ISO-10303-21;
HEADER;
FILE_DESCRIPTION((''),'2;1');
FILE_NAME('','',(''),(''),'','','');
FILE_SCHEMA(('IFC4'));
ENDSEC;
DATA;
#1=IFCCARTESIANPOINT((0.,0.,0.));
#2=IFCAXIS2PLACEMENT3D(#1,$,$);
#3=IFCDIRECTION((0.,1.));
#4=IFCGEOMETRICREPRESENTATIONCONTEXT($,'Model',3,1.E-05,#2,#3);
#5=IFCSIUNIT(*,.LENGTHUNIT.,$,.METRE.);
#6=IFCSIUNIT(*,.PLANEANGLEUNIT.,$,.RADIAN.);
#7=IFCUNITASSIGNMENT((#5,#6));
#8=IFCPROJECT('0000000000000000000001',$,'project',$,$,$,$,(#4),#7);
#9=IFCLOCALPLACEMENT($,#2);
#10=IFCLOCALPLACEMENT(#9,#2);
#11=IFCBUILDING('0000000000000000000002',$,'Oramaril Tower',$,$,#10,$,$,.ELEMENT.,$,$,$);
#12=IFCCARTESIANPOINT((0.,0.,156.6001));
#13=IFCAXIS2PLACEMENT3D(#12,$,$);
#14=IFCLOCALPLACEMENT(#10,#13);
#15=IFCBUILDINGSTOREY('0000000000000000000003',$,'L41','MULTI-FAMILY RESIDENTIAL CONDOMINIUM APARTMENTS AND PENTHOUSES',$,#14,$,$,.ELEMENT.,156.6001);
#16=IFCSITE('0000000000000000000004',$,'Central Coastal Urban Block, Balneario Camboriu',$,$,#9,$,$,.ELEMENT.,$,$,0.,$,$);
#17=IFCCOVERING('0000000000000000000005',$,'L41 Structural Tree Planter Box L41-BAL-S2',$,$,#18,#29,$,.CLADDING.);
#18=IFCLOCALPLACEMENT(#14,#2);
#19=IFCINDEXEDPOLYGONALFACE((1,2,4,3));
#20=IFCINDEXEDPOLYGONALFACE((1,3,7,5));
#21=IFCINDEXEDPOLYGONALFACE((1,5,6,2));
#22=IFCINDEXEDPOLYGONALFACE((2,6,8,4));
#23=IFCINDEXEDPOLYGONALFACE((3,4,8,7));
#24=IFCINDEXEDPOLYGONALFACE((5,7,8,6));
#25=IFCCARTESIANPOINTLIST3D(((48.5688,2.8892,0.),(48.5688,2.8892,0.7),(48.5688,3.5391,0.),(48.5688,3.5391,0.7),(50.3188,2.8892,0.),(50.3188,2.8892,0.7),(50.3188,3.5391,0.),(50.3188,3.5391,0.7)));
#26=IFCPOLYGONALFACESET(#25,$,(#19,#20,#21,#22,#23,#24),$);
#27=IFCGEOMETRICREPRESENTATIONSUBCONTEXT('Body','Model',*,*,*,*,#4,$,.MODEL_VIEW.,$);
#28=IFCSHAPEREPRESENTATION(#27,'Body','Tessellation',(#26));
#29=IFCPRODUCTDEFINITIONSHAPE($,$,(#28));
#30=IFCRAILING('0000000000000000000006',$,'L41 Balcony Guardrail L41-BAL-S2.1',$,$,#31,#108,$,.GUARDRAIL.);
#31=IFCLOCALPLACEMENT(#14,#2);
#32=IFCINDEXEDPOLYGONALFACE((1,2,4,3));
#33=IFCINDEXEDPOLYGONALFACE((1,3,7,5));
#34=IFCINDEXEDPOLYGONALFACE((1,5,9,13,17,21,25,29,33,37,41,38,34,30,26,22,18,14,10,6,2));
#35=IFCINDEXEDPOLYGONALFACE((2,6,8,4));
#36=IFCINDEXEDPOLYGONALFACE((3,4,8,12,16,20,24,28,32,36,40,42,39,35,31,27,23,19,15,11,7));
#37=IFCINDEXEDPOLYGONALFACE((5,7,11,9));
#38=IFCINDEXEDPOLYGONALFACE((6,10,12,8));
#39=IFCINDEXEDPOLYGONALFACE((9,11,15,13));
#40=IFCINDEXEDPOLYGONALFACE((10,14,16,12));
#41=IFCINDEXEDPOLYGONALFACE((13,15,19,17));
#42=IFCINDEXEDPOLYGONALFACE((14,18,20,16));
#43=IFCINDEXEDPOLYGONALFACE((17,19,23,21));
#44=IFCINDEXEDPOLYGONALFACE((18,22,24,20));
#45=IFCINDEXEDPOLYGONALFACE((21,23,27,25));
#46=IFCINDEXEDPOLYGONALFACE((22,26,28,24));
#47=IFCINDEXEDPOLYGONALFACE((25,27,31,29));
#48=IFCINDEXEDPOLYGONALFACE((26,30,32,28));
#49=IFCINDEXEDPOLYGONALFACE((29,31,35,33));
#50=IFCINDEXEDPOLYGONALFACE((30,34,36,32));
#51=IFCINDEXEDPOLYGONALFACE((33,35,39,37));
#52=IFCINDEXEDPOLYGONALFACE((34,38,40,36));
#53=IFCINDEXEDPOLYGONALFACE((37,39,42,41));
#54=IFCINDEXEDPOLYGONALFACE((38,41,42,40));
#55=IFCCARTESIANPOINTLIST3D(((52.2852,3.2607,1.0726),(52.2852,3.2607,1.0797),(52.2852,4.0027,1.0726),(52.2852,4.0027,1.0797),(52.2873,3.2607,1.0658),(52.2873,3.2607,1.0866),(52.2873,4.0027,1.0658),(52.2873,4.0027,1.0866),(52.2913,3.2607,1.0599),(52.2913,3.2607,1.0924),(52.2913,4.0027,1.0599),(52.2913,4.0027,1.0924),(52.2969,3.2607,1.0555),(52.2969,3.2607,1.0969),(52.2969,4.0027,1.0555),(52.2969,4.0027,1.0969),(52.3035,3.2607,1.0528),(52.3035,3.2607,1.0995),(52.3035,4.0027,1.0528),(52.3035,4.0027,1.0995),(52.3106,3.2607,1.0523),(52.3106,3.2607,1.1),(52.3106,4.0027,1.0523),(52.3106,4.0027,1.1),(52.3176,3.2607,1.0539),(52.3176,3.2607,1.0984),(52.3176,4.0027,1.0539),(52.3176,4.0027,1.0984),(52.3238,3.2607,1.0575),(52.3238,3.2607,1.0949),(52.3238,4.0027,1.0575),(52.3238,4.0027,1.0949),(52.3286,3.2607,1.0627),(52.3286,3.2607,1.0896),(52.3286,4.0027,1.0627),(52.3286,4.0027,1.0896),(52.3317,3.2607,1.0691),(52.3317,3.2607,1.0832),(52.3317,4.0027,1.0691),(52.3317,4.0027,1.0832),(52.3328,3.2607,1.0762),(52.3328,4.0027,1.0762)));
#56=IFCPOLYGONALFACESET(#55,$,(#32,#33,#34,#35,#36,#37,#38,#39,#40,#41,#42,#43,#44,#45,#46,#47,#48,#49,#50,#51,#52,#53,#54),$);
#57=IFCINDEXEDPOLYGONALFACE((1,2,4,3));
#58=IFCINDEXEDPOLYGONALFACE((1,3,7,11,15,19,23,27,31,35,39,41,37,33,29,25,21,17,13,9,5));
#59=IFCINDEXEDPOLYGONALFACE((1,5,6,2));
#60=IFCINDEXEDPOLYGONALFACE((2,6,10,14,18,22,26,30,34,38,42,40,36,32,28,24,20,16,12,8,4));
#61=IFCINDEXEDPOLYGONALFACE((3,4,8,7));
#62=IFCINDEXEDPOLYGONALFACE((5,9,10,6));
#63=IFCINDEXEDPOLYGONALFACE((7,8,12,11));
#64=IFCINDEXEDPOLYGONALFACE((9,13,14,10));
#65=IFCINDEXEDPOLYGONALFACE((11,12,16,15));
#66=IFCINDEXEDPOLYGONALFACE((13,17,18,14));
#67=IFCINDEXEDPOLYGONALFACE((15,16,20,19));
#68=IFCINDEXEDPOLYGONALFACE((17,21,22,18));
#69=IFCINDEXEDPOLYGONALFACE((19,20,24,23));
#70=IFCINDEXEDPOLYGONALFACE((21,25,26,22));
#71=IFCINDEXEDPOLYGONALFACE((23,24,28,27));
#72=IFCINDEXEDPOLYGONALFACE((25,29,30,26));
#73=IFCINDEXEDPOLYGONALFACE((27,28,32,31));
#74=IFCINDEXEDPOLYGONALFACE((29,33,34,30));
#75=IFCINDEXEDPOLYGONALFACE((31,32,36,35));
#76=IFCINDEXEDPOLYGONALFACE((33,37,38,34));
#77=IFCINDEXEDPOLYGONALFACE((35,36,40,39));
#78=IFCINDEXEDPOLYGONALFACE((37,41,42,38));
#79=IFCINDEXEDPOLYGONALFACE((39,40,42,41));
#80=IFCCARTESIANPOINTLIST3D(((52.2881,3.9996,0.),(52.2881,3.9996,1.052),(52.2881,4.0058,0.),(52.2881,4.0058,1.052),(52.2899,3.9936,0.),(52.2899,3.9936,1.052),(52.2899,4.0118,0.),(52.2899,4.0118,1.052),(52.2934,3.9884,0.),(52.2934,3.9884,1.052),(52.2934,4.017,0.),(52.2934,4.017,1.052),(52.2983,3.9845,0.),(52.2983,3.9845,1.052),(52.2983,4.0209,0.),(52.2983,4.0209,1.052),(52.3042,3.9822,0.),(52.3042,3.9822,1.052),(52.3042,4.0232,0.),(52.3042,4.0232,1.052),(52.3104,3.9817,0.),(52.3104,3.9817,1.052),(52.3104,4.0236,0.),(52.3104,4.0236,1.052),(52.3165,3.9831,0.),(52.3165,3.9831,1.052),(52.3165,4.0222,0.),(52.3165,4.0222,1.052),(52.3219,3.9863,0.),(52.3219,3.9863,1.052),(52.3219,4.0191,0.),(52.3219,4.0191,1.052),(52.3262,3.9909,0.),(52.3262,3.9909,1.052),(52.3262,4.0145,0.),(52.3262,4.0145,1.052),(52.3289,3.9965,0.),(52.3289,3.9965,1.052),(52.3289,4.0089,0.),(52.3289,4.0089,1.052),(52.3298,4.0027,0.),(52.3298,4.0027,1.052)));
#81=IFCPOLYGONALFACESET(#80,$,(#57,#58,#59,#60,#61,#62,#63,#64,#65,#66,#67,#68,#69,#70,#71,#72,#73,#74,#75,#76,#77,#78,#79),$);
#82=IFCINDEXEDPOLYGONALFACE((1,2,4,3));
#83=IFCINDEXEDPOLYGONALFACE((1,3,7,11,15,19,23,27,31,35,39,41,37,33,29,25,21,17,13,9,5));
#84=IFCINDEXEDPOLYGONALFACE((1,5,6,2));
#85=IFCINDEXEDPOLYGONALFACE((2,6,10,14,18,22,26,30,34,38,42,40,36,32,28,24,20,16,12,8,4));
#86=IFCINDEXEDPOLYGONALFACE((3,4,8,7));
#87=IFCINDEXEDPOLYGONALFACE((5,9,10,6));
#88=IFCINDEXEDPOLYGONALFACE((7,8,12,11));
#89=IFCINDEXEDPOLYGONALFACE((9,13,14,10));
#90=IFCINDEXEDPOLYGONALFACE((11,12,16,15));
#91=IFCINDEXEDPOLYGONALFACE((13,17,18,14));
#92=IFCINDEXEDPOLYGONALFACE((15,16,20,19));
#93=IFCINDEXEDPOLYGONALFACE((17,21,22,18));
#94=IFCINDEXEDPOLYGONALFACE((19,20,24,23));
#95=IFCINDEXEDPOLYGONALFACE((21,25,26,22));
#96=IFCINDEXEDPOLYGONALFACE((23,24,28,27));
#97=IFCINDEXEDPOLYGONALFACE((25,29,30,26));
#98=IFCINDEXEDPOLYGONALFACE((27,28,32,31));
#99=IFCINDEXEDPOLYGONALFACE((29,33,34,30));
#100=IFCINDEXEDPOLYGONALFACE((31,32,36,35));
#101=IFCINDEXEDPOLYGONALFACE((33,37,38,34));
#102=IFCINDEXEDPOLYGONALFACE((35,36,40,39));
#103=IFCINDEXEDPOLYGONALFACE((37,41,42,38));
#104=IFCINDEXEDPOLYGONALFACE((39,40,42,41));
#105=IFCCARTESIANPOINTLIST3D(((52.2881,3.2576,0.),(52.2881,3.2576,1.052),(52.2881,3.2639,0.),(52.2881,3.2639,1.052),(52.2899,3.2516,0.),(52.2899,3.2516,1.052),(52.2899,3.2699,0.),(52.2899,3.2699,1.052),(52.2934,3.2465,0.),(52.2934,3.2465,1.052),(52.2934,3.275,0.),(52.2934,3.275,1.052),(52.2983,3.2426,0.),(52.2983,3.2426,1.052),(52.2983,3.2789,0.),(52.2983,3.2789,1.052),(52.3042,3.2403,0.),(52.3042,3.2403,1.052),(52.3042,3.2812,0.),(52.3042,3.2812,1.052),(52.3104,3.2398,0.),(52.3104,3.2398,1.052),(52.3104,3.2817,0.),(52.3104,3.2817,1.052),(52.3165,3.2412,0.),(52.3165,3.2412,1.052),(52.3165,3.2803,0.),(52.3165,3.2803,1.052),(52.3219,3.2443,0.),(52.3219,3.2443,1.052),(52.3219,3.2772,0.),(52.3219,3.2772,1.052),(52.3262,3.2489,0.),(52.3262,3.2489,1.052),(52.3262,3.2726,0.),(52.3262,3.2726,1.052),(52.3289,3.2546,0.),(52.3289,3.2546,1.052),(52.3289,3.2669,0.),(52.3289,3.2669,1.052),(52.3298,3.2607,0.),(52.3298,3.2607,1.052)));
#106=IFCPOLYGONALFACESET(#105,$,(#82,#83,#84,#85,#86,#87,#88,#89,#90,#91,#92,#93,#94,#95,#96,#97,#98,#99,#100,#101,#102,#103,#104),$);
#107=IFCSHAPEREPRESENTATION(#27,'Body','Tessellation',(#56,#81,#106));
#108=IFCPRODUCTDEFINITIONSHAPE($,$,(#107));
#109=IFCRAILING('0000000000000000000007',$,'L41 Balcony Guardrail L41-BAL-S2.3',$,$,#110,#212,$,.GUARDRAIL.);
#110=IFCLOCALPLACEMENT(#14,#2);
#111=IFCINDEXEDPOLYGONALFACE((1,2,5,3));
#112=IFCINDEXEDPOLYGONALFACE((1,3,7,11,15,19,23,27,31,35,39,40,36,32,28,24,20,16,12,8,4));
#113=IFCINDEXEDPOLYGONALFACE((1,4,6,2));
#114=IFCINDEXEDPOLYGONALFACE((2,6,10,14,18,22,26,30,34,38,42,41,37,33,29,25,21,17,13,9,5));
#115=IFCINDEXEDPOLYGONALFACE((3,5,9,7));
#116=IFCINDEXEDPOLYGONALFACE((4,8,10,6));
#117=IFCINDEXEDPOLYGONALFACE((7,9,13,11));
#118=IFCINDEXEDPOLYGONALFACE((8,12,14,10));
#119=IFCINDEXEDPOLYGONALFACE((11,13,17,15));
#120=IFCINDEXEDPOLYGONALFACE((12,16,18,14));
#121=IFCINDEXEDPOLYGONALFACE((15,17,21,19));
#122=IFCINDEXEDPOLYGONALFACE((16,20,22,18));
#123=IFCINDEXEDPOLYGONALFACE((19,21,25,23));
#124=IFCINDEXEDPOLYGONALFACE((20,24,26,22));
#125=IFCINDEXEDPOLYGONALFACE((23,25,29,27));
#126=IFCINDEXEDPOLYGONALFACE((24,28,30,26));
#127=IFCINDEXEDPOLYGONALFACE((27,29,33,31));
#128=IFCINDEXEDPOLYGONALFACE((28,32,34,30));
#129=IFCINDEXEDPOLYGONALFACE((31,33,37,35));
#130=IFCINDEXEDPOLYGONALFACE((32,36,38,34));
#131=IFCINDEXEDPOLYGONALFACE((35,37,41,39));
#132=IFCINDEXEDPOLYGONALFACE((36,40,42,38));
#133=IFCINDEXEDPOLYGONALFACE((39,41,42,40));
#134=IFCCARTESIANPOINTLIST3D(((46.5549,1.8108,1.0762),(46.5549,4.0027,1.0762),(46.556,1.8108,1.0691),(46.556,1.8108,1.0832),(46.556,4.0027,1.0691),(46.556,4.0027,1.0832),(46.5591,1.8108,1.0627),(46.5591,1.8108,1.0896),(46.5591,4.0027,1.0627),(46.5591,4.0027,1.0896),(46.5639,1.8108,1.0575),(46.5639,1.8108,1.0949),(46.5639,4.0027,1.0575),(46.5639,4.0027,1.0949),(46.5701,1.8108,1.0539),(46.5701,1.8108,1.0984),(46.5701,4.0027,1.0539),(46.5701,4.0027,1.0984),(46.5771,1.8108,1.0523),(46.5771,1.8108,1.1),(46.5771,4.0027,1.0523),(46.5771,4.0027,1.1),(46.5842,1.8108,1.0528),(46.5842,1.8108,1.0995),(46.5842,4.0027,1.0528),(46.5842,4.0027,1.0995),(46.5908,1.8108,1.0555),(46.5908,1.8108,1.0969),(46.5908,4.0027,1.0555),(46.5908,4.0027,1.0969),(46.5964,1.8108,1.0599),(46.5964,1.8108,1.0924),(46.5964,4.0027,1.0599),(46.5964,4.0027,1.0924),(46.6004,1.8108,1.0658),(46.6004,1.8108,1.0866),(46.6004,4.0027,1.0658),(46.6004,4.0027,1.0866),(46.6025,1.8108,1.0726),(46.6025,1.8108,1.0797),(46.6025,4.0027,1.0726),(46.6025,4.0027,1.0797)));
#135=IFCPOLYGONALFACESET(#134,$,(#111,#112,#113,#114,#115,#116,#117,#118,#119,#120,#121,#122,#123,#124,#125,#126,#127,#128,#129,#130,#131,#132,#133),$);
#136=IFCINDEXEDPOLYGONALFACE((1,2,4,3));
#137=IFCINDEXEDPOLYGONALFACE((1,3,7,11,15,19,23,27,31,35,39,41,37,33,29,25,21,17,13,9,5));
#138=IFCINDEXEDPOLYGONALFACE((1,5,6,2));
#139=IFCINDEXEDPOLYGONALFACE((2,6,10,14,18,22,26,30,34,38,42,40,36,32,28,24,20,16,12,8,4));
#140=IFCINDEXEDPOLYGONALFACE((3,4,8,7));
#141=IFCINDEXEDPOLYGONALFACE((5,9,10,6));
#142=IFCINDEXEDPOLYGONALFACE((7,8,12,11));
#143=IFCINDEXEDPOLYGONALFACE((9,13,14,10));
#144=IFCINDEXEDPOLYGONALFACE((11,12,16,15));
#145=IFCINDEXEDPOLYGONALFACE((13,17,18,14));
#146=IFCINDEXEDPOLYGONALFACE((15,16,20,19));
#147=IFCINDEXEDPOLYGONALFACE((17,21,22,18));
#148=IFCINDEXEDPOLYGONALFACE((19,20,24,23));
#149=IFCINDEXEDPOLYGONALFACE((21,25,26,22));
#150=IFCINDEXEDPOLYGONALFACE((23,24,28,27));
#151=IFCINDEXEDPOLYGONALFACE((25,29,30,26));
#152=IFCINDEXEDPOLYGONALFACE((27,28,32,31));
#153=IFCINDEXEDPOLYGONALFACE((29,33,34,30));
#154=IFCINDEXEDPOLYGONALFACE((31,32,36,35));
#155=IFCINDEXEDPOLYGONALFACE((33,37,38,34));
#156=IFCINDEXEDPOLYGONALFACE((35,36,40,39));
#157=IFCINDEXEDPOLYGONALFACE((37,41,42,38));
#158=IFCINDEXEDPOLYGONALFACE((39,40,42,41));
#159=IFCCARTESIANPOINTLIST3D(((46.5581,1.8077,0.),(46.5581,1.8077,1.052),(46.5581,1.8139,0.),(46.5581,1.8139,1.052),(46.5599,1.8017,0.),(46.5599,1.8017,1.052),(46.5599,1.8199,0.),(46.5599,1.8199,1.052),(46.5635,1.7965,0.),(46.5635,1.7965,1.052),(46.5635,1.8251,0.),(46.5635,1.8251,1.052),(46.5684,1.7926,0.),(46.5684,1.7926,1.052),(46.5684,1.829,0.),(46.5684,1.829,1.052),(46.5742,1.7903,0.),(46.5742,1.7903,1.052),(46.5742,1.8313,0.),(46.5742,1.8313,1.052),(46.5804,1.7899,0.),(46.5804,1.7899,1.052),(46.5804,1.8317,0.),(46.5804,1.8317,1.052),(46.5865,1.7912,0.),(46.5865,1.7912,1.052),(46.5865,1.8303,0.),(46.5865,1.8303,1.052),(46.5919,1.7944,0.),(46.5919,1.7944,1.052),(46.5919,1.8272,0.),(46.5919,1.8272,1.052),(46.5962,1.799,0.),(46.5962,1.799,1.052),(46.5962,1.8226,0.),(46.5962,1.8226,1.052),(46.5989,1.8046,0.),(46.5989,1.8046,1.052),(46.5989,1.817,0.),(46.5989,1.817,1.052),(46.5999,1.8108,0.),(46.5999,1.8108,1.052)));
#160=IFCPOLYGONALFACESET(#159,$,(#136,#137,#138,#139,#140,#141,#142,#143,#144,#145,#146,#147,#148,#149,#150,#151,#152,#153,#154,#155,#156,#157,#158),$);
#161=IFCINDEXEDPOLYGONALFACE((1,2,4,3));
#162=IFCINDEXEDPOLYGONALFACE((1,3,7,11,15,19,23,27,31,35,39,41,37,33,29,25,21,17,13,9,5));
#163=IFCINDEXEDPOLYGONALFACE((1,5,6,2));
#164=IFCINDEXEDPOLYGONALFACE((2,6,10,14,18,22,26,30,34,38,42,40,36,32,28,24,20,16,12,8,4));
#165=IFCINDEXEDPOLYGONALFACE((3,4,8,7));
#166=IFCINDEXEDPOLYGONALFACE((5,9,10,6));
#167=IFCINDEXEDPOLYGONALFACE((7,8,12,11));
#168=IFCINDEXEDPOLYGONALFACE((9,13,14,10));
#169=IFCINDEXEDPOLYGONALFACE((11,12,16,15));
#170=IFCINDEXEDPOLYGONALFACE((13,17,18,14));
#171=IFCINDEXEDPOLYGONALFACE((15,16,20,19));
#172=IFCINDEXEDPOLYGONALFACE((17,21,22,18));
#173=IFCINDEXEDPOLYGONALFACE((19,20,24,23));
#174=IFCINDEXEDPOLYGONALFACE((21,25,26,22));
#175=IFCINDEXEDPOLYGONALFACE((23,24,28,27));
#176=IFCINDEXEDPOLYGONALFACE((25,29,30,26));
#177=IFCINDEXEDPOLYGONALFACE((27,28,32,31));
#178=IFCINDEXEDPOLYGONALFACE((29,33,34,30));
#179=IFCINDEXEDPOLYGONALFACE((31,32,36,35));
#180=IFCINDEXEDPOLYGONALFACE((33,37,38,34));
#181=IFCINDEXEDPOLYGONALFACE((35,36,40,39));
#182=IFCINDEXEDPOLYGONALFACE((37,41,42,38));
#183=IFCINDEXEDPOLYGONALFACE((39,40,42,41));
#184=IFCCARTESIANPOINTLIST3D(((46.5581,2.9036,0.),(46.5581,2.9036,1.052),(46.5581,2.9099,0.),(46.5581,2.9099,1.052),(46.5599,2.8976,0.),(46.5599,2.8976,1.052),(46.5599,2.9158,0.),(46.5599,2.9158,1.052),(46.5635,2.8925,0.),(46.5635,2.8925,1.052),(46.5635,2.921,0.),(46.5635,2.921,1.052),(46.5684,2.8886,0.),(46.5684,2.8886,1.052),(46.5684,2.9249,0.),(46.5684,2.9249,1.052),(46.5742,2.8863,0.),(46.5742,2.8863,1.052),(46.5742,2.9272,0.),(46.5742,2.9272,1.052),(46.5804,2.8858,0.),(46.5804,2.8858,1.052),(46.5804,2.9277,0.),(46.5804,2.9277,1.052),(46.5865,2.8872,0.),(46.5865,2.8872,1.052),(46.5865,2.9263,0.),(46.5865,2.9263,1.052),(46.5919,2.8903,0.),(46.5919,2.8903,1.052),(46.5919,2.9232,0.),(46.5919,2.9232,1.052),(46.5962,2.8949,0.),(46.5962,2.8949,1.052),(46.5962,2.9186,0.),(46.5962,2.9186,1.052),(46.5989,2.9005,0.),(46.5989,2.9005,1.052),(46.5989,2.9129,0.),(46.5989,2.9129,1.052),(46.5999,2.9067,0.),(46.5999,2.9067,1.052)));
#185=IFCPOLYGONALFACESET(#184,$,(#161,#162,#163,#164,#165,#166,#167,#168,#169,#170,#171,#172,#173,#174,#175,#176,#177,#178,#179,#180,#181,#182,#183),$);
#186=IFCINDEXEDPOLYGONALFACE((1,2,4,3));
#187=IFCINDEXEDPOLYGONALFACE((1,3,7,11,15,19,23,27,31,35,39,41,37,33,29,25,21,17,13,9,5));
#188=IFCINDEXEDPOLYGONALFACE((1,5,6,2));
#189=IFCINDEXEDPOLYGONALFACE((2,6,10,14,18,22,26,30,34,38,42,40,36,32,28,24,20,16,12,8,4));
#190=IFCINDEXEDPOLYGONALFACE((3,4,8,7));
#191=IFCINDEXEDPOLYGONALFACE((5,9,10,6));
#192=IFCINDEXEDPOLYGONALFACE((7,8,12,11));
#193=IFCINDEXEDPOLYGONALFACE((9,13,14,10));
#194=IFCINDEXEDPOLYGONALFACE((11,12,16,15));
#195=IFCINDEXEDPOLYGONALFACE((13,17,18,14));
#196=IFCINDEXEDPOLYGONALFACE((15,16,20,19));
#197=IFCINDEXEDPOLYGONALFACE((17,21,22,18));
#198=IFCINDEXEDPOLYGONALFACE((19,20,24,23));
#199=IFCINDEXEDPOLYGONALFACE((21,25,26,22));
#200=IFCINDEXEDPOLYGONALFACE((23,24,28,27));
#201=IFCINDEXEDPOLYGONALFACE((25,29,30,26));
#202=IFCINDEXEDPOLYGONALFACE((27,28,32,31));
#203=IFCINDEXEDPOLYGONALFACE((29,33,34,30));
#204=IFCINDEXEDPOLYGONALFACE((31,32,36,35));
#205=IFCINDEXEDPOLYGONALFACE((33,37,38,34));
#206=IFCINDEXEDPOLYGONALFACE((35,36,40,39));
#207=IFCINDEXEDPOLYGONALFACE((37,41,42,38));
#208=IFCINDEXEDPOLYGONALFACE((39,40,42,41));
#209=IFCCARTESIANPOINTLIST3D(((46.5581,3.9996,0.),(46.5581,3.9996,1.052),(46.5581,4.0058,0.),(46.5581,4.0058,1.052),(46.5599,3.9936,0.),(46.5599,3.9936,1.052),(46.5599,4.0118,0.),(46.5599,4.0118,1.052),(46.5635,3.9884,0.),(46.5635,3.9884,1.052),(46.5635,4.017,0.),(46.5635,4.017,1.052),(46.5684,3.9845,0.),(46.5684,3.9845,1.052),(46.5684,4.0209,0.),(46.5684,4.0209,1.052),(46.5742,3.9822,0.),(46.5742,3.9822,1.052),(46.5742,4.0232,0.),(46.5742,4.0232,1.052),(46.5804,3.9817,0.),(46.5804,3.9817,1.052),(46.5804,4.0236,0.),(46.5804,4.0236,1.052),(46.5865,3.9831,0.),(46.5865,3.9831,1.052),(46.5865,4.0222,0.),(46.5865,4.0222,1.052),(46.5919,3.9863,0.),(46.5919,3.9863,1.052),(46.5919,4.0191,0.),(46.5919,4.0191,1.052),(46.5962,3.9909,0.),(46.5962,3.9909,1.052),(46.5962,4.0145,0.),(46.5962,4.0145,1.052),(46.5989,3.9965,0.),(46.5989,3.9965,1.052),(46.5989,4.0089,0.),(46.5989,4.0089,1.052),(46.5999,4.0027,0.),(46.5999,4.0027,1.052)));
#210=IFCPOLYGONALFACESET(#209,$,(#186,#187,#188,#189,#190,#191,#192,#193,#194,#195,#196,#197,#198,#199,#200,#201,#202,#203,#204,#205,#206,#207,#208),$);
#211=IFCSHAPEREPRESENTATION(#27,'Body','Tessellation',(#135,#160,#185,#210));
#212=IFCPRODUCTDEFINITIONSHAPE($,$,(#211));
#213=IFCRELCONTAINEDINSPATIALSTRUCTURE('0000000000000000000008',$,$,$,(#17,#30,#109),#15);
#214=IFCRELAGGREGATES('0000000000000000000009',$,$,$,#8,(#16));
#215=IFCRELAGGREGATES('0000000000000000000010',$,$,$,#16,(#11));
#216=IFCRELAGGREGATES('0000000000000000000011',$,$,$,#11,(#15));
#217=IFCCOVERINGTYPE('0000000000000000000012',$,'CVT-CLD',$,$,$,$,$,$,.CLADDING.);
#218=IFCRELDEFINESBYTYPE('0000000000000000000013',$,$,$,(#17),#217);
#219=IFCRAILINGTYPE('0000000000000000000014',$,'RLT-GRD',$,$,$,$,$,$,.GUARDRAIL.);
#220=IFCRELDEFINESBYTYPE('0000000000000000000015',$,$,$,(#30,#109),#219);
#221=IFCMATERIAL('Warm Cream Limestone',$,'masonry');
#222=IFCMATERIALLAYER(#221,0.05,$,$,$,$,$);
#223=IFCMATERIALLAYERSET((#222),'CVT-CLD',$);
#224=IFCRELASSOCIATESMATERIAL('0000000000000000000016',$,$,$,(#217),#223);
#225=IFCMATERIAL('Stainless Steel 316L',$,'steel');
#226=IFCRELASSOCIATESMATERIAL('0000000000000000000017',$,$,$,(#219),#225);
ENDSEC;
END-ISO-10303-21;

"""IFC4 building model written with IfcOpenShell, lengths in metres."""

from ifc_helpers import new_model, si_unit, direction, frame, origin, origin_2d, place, context, subcontext, project, spatial, rectangle, circle, extrude, material, layer, layer_set, type_object, element, save


model = new_model("IFC4")

# Units and contexts
model_context = context("Model", 3, precision=1e-05, world=origin(), true_north=direction((0.0, 1.0)))
body_context = subcontext(model_context, "Body", "Model", "MODEL_VIEW")
ifc_project = project(units=[si_unit("LENGTHUNIT", "METRE"), si_unit("PLANEANGLEUNIT", "RADIAN")], contexts=[model_context])

# Site, building, storey
site_placement = place(None, origin())
site = spatial("IfcSite", under=ifc_project, at=site_placement, Name="Central Coastal Urban Block, Balneario Camboriu", CompositionType="ELEMENT", RefElevation=0.0)
building_placement = place(site_placement, origin())
building = spatial("IfcBuilding", under=site, at=building_placement, Name="Oramaril Tower", CompositionType="ELEMENT")
storey_placement = place(building_placement, frame((0.0, 0.0, 156.6001)))
storey = spatial("IfcBuildingStorey", under=building, at=storey_placement, Name="L41", Description="MULTI-FAMILY RESIDENTIAL CONDOMINIUM APARTMENTS AND PENTHOUSES", CompositionType="ELEMENT", Elevation=156.6001)

# Covering
ifc_material_1 = material(Name="Warm Cream Limestone", Category="masonry")
ifc_layer_1 = layer(ifc_material_1, 0.05)
ifc_layer_set_1 = layer_set([ifc_layer_1], Name="CVT-CLD")
covering_type = type_object("IfcCoveringType", Name="CVT-CLD", PredefinedType="CLADDING", material=ifc_layer_set_1)
covering_1_placement = place(storey_placement, frame((49.4438, 3.2141, 0.0), z_axis=(0.0, 0.0, 1.0), x_axis=(1.0, 0.0, 0.0)))
element("IfcCovering", 1, at=covering_1_placement, inside=storey, type_object=covering_type, Name="L41 Structural Tree Planter Box L41-BAL-S2", PredefinedType="CLADDING", context=body_context, shape_type="SweptSolid", body=[
    extrude(rectangle(XDim=1.75, YDim=0.6499, at=origin_2d()), origin(), (0.0, 0.0, 1.0), 0.7),
])

# Railings
ifc_material_2 = material(Name="Stainless Steel 316L", Category="steel")
railing_type = type_object("IfcRailingType", Name="RLT-GRD", PredefinedType="GUARDRAIL", material=ifc_material_2)
railing_1_placement = place(storey_placement, frame((52.3088, 4.0027, 0.0)))
element("IfcRailing", 2, at=railing_1_placement, inside=storey, type_object=railing_type, Name="L41 Balcony Guardrail L41-BAL-S2.1", PredefinedType="GUARDRAIL", context=body_context, shape_type="SweptSolid", body=[
    extrude(circle(Radius=0.0239, at=origin_2d()), frame((0.0, 0.0, 1.0762), z_axis=(0.0, -1.0, 0.0), x_axis=(1.0, 0.0, 0.0)), (0.0, 0.0, 1.0), 0.7419),
    extrude(circle(Radius=0.021, at=origin_2d()), origin(), (0.0, 0.0, 1.0), 1.052),
    extrude(circle(Radius=0.021, at=origin_2d()), frame((0.0, -0.7419, 0.0)), (0.0, 0.0, 1.0), 1.052),
])
railing_2_placement = place(storey_placement, frame((46.5789, 1.8108, 0.0)))
element("IfcRailing", 3, at=railing_2_placement, inside=storey, type_object=railing_type, Name="L41 Balcony Guardrail L41-BAL-S2.3", PredefinedType="GUARDRAIL", context=body_context, shape_type="SweptSolid", body=[
    extrude(circle(Radius=0.0239, at=origin_2d()), frame((0.0, 0.0, 1.0762), z_axis=(0.0, 1.0, 0.0), x_axis=(-1.0, 0.0, 0.0)), (0.0, 0.0, 1.0), 2.1919),
    extrude(circle(Radius=0.021, at=origin_2d()), origin(), (0.0, 0.0, 1.0), 1.052),
    extrude(circle(Radius=0.021, at=origin_2d()), frame((0.0, 1.0959, 0.0)), (0.0, 0.0, 1.0), 1.052),
    extrude(circle(Radius=0.021, at=origin_2d()), frame((0.0, 2.1919, 0.0)), (0.0, 0.0, 1.0), 1.052),
])

save(model, "model.ifc")
